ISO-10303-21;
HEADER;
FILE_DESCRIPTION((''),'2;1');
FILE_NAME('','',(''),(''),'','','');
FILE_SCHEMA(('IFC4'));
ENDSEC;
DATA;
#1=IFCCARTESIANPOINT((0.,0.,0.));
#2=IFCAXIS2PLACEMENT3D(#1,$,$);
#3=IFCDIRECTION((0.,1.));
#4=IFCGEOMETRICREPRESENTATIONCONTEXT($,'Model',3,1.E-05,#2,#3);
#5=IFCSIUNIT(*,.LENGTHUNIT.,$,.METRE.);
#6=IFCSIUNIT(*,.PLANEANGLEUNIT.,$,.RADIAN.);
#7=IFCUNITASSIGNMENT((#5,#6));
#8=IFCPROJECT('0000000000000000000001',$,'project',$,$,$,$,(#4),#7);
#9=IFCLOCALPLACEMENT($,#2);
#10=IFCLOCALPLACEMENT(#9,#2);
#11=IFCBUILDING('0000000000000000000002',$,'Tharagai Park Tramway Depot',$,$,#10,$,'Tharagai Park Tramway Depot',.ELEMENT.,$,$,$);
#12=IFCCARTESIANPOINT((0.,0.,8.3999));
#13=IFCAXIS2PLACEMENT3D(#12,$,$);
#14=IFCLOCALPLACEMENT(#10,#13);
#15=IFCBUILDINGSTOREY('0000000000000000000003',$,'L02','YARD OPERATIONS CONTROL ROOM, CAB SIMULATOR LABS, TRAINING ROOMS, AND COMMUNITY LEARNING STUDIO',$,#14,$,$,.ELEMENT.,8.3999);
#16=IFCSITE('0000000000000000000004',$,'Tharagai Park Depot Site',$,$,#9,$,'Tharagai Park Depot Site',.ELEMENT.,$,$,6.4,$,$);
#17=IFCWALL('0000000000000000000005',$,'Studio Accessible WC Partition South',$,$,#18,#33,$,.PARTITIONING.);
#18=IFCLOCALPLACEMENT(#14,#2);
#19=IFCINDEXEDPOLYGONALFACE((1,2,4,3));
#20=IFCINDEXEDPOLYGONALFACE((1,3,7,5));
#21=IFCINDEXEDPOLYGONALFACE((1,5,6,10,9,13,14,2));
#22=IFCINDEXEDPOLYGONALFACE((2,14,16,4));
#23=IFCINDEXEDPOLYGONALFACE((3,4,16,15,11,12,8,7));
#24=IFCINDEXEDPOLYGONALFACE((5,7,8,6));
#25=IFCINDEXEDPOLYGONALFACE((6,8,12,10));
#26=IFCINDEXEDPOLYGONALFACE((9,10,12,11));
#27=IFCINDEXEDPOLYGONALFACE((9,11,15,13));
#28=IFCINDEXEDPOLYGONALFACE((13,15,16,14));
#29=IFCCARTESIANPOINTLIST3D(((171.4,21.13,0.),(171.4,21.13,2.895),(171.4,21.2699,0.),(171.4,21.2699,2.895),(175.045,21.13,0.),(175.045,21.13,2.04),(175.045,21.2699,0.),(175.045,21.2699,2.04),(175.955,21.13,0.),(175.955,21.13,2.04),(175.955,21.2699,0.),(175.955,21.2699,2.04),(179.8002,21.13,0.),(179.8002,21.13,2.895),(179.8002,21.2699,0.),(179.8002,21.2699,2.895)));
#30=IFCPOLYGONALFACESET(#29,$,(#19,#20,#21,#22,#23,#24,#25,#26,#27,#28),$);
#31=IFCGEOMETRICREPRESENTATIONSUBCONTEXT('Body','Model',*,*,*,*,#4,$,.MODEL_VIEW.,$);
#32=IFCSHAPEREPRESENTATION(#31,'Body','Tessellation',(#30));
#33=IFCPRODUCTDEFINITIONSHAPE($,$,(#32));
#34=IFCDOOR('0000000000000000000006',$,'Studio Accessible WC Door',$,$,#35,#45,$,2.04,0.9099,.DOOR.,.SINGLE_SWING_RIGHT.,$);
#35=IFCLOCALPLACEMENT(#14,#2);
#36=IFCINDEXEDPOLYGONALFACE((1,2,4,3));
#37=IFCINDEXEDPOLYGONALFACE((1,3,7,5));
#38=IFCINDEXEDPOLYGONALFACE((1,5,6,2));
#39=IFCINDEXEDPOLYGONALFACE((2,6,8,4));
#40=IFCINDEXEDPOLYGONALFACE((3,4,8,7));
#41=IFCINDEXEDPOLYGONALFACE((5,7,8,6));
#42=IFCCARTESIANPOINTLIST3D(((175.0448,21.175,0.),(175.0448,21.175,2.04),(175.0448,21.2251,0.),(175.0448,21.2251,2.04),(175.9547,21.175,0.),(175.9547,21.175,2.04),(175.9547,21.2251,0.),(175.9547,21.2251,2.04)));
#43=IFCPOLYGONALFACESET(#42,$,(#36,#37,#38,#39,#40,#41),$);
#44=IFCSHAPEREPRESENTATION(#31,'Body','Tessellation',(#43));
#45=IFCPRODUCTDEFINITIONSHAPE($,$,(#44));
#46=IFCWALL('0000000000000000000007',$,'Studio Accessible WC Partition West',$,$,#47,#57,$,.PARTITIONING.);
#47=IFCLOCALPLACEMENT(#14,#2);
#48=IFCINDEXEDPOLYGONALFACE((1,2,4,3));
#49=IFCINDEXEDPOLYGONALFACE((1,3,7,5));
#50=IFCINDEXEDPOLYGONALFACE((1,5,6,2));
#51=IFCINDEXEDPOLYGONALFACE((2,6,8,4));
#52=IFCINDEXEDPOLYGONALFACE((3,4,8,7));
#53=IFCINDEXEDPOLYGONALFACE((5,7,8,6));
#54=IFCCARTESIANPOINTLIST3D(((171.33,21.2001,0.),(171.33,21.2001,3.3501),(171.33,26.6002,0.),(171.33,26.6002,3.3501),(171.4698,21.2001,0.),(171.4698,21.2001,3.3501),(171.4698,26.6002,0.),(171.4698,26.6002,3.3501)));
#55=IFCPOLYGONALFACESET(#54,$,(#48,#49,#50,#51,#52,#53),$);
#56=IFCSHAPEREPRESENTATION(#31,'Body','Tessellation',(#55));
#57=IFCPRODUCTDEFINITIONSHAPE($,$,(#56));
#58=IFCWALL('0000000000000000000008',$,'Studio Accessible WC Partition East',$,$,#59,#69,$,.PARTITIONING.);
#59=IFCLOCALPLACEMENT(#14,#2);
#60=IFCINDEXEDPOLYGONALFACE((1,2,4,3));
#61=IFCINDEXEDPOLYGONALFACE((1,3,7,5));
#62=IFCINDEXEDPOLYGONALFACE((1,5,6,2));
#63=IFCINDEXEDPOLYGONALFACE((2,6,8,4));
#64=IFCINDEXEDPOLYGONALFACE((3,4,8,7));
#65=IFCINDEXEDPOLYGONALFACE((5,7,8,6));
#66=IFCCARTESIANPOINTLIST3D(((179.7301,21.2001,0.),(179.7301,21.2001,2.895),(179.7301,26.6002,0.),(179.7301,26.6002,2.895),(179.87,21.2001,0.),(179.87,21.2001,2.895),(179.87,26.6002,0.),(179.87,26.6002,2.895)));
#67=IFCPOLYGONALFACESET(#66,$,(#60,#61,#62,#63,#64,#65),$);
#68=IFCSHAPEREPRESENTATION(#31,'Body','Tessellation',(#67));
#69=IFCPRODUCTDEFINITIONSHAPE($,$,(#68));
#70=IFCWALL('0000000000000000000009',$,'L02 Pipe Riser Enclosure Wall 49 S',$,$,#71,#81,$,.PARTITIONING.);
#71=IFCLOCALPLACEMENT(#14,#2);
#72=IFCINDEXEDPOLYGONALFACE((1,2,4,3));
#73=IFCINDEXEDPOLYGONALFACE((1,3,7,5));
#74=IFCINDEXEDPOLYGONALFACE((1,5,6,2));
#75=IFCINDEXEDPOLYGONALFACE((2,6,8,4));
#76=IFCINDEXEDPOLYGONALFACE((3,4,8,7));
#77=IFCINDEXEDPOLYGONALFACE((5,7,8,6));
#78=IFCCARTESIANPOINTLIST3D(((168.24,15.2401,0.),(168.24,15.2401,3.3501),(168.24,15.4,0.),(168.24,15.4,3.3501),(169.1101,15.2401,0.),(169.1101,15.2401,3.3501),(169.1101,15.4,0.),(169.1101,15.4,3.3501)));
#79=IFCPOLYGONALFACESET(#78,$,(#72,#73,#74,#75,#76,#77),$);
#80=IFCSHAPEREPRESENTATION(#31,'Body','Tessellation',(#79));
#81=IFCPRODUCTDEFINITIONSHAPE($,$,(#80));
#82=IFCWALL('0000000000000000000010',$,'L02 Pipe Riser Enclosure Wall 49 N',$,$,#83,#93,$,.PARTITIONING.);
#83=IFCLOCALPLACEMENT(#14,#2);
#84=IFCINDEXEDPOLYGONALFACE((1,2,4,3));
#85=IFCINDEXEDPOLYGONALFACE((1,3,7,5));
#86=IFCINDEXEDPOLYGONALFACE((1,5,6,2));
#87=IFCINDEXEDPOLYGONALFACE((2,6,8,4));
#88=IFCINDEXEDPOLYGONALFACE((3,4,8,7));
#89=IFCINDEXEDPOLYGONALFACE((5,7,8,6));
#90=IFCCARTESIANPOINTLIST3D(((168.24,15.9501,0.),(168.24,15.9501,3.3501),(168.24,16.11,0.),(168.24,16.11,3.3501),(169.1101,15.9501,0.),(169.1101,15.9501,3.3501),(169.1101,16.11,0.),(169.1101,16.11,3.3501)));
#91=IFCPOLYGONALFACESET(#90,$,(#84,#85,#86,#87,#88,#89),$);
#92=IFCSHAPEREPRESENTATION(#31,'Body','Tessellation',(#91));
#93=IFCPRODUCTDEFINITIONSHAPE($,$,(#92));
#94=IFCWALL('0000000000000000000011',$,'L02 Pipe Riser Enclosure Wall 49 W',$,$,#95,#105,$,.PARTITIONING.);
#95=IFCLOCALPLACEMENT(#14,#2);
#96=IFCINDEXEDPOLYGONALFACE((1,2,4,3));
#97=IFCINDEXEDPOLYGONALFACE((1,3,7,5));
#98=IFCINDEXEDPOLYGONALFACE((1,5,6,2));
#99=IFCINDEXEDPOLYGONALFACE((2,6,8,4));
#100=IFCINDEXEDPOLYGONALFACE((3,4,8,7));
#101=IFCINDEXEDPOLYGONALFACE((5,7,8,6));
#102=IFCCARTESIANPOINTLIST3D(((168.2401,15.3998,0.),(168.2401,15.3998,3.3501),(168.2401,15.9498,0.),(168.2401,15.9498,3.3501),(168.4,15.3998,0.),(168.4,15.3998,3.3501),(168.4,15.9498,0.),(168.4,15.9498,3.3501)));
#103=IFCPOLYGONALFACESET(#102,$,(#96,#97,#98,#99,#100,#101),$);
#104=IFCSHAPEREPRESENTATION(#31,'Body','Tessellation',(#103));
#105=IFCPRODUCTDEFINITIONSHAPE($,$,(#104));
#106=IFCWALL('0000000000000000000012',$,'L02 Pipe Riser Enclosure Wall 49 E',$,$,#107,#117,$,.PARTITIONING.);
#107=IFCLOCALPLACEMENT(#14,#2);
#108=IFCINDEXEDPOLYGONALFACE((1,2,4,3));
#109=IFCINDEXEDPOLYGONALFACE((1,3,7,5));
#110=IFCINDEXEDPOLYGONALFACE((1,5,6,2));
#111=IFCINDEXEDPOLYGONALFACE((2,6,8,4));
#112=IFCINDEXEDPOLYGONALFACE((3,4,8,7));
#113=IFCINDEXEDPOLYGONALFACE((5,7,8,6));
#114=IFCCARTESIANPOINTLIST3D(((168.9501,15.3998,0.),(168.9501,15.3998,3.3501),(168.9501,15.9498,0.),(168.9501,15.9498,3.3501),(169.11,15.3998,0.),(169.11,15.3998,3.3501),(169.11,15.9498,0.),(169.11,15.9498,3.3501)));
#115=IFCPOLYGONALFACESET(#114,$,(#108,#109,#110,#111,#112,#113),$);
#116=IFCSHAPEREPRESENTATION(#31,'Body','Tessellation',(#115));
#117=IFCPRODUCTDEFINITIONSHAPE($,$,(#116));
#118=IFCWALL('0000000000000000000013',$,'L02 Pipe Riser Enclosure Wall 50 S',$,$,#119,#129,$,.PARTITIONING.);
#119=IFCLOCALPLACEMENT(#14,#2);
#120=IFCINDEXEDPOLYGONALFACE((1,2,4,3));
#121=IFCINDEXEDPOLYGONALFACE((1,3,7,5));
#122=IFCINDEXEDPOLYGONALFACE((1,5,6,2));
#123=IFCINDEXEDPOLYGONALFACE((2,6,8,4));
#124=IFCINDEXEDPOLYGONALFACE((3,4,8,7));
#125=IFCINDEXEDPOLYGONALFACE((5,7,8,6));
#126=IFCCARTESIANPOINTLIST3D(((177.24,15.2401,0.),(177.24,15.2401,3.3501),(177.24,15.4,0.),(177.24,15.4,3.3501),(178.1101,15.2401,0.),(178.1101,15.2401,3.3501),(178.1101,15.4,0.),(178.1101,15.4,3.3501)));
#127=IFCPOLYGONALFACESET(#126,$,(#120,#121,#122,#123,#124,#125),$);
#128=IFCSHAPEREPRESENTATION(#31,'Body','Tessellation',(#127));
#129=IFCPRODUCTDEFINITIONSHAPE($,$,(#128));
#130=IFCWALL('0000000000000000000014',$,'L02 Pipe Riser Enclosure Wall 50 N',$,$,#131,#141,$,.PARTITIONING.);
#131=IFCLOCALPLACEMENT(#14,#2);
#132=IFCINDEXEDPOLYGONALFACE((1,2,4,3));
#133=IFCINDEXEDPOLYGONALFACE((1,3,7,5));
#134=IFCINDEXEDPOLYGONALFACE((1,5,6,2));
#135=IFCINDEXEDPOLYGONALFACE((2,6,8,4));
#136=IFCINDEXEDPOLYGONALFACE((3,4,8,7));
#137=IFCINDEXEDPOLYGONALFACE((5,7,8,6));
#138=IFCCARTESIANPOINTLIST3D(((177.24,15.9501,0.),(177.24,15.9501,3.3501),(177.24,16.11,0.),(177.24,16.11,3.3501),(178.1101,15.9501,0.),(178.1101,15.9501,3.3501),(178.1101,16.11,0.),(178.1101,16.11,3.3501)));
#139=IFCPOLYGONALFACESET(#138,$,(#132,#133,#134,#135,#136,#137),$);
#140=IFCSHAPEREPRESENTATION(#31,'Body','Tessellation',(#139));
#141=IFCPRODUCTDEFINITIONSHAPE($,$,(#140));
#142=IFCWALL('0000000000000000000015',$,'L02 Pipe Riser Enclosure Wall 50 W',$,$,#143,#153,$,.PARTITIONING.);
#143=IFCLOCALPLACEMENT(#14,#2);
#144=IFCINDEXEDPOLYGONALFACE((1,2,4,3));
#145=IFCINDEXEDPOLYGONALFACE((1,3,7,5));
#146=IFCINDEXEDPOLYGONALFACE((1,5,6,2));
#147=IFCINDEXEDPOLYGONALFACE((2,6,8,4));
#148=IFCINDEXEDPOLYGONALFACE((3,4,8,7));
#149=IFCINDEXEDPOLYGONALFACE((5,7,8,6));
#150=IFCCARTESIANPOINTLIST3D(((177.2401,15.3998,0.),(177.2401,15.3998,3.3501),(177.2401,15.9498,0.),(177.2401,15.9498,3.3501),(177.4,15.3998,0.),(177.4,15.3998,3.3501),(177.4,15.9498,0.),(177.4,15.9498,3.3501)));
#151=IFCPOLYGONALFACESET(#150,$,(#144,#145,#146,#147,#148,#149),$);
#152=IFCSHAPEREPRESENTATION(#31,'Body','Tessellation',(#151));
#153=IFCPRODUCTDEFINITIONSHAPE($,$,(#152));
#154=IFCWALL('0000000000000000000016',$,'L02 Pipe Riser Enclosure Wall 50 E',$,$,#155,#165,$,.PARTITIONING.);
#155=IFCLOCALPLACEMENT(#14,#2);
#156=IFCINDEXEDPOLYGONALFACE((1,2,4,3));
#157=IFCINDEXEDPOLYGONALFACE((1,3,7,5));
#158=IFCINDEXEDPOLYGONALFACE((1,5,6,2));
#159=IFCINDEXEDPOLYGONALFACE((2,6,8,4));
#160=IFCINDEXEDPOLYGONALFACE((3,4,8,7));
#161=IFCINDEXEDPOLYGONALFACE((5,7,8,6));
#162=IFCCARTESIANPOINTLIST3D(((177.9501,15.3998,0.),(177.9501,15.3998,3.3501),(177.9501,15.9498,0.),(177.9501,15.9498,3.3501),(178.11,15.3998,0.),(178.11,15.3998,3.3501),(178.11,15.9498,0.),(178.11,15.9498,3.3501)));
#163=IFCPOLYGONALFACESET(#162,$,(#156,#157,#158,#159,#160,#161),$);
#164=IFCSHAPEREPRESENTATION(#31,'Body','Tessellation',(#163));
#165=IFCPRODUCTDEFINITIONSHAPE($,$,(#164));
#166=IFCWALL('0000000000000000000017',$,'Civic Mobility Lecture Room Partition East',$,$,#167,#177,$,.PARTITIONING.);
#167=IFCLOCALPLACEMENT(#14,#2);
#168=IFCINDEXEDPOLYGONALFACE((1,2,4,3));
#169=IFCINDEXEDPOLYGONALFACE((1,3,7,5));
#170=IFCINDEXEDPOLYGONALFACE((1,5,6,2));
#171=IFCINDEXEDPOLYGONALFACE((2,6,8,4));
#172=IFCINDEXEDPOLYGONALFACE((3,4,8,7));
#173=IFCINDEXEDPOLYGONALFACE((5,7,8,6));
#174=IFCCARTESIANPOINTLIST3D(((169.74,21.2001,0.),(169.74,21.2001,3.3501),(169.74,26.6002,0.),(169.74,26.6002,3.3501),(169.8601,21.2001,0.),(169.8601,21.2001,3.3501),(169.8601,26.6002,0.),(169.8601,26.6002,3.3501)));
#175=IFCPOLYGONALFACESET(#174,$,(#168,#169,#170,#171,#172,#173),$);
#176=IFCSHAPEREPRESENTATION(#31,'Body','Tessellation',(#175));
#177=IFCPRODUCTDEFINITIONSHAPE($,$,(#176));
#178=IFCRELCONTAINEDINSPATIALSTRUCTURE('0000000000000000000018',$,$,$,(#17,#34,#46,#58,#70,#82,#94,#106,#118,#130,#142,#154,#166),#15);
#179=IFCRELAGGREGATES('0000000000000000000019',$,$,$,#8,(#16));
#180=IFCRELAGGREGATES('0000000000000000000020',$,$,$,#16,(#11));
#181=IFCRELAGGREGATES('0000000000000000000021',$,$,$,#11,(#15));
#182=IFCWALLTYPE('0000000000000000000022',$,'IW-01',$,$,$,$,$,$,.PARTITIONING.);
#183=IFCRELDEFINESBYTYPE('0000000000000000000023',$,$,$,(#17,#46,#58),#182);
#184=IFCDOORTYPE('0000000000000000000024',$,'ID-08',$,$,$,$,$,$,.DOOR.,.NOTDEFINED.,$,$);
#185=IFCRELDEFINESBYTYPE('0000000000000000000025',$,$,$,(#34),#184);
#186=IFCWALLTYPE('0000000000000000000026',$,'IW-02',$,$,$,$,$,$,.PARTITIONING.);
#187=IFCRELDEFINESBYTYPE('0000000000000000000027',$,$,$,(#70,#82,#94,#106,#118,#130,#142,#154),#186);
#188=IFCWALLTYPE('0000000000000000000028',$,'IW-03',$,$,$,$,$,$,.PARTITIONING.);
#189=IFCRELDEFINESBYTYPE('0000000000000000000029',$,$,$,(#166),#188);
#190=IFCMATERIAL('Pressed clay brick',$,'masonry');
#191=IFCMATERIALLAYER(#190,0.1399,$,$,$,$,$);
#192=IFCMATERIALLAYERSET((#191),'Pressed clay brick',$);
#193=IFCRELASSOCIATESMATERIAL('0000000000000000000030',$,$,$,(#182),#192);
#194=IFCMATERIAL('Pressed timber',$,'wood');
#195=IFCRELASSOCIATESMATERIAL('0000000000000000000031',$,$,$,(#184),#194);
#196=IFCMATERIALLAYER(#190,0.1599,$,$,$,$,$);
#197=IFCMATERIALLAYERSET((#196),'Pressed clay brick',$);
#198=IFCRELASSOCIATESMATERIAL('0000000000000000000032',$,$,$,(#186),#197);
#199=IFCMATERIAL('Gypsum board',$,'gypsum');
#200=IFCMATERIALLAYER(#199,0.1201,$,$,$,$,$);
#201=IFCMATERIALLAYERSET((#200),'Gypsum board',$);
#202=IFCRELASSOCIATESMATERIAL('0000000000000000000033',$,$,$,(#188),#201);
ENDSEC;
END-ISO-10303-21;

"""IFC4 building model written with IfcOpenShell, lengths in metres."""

from ifc_helpers import new_model, si_unit, direction, frame, frame_2d, origin, place, context, subcontext, project, spatial, rectangle, extrude, material, layer, layer_set, type_object, element, fill, save


model = new_model("IFC4")

# Units and contexts
model_context = context("Model", 3, precision=1e-05, world=origin(), true_north=direction((0.0, 1.0)))
body_context = subcontext(model_context, "Body", "Model", "MODEL_VIEW")
ifc_project = project(units=[si_unit("LENGTHUNIT", "METRE"), si_unit("PLANEANGLEUNIT", "RADIAN")], contexts=[model_context])

# Site, building, storey
site_placement = place(None, origin())
site = spatial("IfcSite", under=ifc_project, at=site_placement, Name="Tharagai Park Depot Site", LongName="Tharagai Park Depot Site", CompositionType="ELEMENT", RefElevation=6.4)
building_placement = place(site_placement, origin())
building = spatial("IfcBuilding", under=site, at=building_placement, Name="Tharagai Park Tramway Depot", LongName="Tharagai Park Tramway Depot", CompositionType="ELEMENT")
storey_placement = place(building_placement, frame((0.0, 0.0, 8.3999)))
storey = spatial("IfcBuildingStorey", under=building, at=storey_placement, Name="L02", Description="YARD OPERATIONS CONTROL ROOM, CAB SIMULATOR LABS, TRAINING ROOMS, AND COMMUNITY LEARNING STUDIO", CompositionType="ELEMENT", Elevation=8.3999)

# Wall, opening, door
ifc_material_1 = material(Name="Pressed clay brick", Category="masonry")
ifc_layer_1 = layer(ifc_material_1, 0.1399)
ifc_layer_set_1 = layer_set([ifc_layer_1], Name="Pressed clay brick")
wall_type_1 = type_object("IfcWallType", Name="IW-01", PredefinedType="PARTITIONING", material=ifc_layer_set_1)
wall_1_placement = place(storey_placement, frame((171.3999, 21.2, 0.0), z_axis=(0.0, 0.0, 1.0), x_axis=(1.0, 0.0, 0.0)))
wall_1 = element("IfcWall", 1, at=wall_1_placement, inside=storey, type_object=wall_type_1, Name="Studio Accessible WC Partition South", PredefinedType="PARTITIONING", context=body_context, shape_type="SweptSolid", body=[
    extrude(rectangle(XDim=8.4001, YDim=0.1399, at=frame_2d((4.2002, 0.0))), origin(), (0.0, 0.0, 1.0), 2.895),
])
opening_placement = place(wall_1_placement, frame((3.645, 0.0, 0.0)))
opening = element("IfcOpeningElement", 2, at=opening_placement, cuts=wall_1, PredefinedType="OPENING", context=body_context, shape_type="SweptSolid", body=[
    extrude(rectangle(XDim=0.9099, YDim=2.04, at=frame_2d((0.4551, 1.02))), frame((0.0, 0.0798, 0.0), z_axis=(0.0, -1.0, 0.0), x_axis=(1.0, 0.0, 0.0)), (0.0, 0.0, 1.0), 0.1599),
])
ifc_material_2 = material(Name="Pressed timber", Category="wood")
door_type = type_object("IfcDoorType", Name="ID-08", OperationType="NOTDEFINED", PredefinedType="DOOR", material=ifc_material_2)
door_placement = place(opening_placement, frame((0.9099, 0.0, 0.0), z_axis=(0.0, 0.0, 1.0), x_axis=(-1.0, 0.0, 0.0)))
door = element("IfcDoor", 3, at=door_placement, inside=storey, type_object=door_type, Name="Studio Accessible WC Door", OperationType="SINGLE_SWING_RIGHT", OverallHeight=2.04, OverallWidth=0.9099, PredefinedType="DOOR", context=body_context, shape_type="SweptSolid", body=[
    extrude(rectangle(XDim=0.9099, YDim=2.04, at=frame_2d((0.4551, 1.02))), frame((0.0, 0.0249, 0.0), z_axis=(0.0, -1.0, 0.0), x_axis=(1.0, 0.0, 0.0)), (0.0, 0.0, 1.0), 0.05),
])
fill(opening, door)

# Walls
wall_2_placement = place(storey_placement, frame((171.3999, 21.2, 0.0), z_axis=(0.0, 0.0, 1.0), x_axis=(0.0, 1.0, 0.0)))
element("IfcWall", 4, at=wall_2_placement, inside=storey, type_object=wall_type_1, Name="Studio Accessible WC Partition West", PredefinedType="PARTITIONING", context=body_context, shape_type="SweptSolid", body=[
    extrude(rectangle(XDim=5.4001, YDim=0.1399, at=frame_2d((2.7002, 0.0))), origin(), (0.0, 0.0, 1.0), 3.3501),
])
wall_3_placement = place(storey_placement, frame((179.8, 21.2, 0.0), z_axis=(0.0, 0.0, 1.0), x_axis=(0.0, 1.0, 0.0)))
element("IfcWall", 5, at=wall_3_placement, inside=storey, type_object=wall_type_1, Name="Studio Accessible WC Partition East", PredefinedType="PARTITIONING", context=body_context, shape_type="SweptSolid", body=[
    extrude(rectangle(XDim=5.4001, YDim=0.1399, at=frame_2d((2.7002, 0.0))), origin(), (0.0, 0.0, 1.0), 2.895),
])
ifc_layer_2 = layer(ifc_material_1, 0.1599)
ifc_layer_set_2 = layer_set([ifc_layer_2], Name="Pressed clay brick")
wall_type_2 = type_object("IfcWallType", Name="IW-02", PredefinedType="PARTITIONING", material=ifc_layer_set_2)
for number, where, z_axis, x_axis, name in (
    (6, (168.24, 15.3201, 0.0), (0.0, 0.0, 1.0), (1.0, 0.0, 0.0), "L02 Pipe Riser Enclosure Wall 49 S"),
    (7, (168.24, 16.03, 0.0), (0.0, 0.0, 1.0), (1.0, 0.0, 0.0), "L02 Pipe Riser Enclosure Wall 49 N"),
):
    element("IfcWall", number, at=place(storey_placement, frame(where, z_axis=z_axis, x_axis=x_axis)), inside=storey, type_object=wall_type_2, Name=name, PredefinedType="PARTITIONING", context=body_context, shape_type="SweptSolid", body=[
        extrude(rectangle(XDim=0.8701, YDim=0.1599, at=frame_2d((0.4351, 0.0))), origin(), (0.0, 0.0, 1.0), 3.3501),
    ])
for number, where, z_axis, x_axis, name in (
    (8, (168.3201, 15.3999, 0.0), (0.0, 0.0, 1.0), (0.0, 1.0, 0.0), "L02 Pipe Riser Enclosure Wall 49 W"),
    (9, (169.03, 15.3999, 0.0), (0.0, 0.0, 1.0), (0.0, 1.0, 0.0), "L02 Pipe Riser Enclosure Wall 49 E"),
):
    element("IfcWall", number, at=place(storey_placement, frame(where, z_axis=z_axis, x_axis=x_axis)), inside=storey, type_object=wall_type_2, Name=name, PredefinedType="PARTITIONING", context=body_context, shape_type="SweptSolid", body=[
        extrude(rectangle(XDim=0.55, YDim=0.1599, at=frame_2d((0.2749, 0.0))), origin(), (0.0, 0.0, 1.0), 3.3501),
    ])
for number, where, z_axis, x_axis, name in (
    (10, (177.24, 15.3201, 0.0), (0.0, 0.0, 1.0), (1.0, 0.0, 0.0), "L02 Pipe Riser Enclosure Wall 50 S"),
    (11, (177.24, 16.03, 0.0), (0.0, 0.0, 1.0), (1.0, 0.0, 0.0), "L02 Pipe Riser Enclosure Wall 50 N"),
):
    element("IfcWall", number, at=place(storey_placement, frame(where, z_axis=z_axis, x_axis=x_axis)), inside=storey, type_object=wall_type_2, Name=name, PredefinedType="PARTITIONING", context=body_context, shape_type="SweptSolid", body=[
        extrude(rectangle(XDim=0.8701, YDim=0.1599, at=frame_2d((0.4351, 0.0))), origin(), (0.0, 0.0, 1.0), 3.3501),
    ])
for number, where, z_axis, x_axis, name in (
    (12, (177.3201, 15.3999, 0.0), (0.0, 0.0, 1.0), (0.0, 1.0, 0.0), "L02 Pipe Riser Enclosure Wall 50 W"),
    (13, (178.03, 15.3999, 0.0), (0.0, 0.0, 1.0), (0.0, 1.0, 0.0), "L02 Pipe Riser Enclosure Wall 50 E"),
):
    element("IfcWall", number, at=place(storey_placement, frame(where, z_axis=z_axis, x_axis=x_axis)), inside=storey, type_object=wall_type_2, Name=name, PredefinedType="PARTITIONING", context=body_context, shape_type="SweptSolid", body=[
        extrude(rectangle(XDim=0.55, YDim=0.1599, at=frame_2d((0.2749, 0.0))), origin(), (0.0, 0.0, 1.0), 3.3501),
    ])
ifc_material_3 = material(Name="Gypsum board", Category="gypsum")
ifc_layer_3 = layer(ifc_material_3, 0.1201)
ifc_layer_set_3 = layer_set([ifc_layer_3], Name="Gypsum board")
wall_type_3 = type_object("IfcWallType", Name="IW-03", PredefinedType="PARTITIONING", material=ifc_layer_set_3)
wall_4_placement = place(storey_placement, frame((169.8, 21.2, 0.0), z_axis=(0.0, 0.0, 1.0), x_axis=(0.0, 1.0, 0.0)))
element("IfcWall", 14, at=wall_4_placement, inside=storey, type_object=wall_type_3, Name="Civic Mobility Lecture Room Partition East", PredefinedType="PARTITIONING", context=body_context, shape_type="SweptSolid", body=[
    extrude(rectangle(XDim=5.4001, YDim=0.1201, at=frame_2d((2.7002, 0.0))), origin(), (0.0, 0.0, 1.0), 3.3501),
])

save(model, "model.ifc")
